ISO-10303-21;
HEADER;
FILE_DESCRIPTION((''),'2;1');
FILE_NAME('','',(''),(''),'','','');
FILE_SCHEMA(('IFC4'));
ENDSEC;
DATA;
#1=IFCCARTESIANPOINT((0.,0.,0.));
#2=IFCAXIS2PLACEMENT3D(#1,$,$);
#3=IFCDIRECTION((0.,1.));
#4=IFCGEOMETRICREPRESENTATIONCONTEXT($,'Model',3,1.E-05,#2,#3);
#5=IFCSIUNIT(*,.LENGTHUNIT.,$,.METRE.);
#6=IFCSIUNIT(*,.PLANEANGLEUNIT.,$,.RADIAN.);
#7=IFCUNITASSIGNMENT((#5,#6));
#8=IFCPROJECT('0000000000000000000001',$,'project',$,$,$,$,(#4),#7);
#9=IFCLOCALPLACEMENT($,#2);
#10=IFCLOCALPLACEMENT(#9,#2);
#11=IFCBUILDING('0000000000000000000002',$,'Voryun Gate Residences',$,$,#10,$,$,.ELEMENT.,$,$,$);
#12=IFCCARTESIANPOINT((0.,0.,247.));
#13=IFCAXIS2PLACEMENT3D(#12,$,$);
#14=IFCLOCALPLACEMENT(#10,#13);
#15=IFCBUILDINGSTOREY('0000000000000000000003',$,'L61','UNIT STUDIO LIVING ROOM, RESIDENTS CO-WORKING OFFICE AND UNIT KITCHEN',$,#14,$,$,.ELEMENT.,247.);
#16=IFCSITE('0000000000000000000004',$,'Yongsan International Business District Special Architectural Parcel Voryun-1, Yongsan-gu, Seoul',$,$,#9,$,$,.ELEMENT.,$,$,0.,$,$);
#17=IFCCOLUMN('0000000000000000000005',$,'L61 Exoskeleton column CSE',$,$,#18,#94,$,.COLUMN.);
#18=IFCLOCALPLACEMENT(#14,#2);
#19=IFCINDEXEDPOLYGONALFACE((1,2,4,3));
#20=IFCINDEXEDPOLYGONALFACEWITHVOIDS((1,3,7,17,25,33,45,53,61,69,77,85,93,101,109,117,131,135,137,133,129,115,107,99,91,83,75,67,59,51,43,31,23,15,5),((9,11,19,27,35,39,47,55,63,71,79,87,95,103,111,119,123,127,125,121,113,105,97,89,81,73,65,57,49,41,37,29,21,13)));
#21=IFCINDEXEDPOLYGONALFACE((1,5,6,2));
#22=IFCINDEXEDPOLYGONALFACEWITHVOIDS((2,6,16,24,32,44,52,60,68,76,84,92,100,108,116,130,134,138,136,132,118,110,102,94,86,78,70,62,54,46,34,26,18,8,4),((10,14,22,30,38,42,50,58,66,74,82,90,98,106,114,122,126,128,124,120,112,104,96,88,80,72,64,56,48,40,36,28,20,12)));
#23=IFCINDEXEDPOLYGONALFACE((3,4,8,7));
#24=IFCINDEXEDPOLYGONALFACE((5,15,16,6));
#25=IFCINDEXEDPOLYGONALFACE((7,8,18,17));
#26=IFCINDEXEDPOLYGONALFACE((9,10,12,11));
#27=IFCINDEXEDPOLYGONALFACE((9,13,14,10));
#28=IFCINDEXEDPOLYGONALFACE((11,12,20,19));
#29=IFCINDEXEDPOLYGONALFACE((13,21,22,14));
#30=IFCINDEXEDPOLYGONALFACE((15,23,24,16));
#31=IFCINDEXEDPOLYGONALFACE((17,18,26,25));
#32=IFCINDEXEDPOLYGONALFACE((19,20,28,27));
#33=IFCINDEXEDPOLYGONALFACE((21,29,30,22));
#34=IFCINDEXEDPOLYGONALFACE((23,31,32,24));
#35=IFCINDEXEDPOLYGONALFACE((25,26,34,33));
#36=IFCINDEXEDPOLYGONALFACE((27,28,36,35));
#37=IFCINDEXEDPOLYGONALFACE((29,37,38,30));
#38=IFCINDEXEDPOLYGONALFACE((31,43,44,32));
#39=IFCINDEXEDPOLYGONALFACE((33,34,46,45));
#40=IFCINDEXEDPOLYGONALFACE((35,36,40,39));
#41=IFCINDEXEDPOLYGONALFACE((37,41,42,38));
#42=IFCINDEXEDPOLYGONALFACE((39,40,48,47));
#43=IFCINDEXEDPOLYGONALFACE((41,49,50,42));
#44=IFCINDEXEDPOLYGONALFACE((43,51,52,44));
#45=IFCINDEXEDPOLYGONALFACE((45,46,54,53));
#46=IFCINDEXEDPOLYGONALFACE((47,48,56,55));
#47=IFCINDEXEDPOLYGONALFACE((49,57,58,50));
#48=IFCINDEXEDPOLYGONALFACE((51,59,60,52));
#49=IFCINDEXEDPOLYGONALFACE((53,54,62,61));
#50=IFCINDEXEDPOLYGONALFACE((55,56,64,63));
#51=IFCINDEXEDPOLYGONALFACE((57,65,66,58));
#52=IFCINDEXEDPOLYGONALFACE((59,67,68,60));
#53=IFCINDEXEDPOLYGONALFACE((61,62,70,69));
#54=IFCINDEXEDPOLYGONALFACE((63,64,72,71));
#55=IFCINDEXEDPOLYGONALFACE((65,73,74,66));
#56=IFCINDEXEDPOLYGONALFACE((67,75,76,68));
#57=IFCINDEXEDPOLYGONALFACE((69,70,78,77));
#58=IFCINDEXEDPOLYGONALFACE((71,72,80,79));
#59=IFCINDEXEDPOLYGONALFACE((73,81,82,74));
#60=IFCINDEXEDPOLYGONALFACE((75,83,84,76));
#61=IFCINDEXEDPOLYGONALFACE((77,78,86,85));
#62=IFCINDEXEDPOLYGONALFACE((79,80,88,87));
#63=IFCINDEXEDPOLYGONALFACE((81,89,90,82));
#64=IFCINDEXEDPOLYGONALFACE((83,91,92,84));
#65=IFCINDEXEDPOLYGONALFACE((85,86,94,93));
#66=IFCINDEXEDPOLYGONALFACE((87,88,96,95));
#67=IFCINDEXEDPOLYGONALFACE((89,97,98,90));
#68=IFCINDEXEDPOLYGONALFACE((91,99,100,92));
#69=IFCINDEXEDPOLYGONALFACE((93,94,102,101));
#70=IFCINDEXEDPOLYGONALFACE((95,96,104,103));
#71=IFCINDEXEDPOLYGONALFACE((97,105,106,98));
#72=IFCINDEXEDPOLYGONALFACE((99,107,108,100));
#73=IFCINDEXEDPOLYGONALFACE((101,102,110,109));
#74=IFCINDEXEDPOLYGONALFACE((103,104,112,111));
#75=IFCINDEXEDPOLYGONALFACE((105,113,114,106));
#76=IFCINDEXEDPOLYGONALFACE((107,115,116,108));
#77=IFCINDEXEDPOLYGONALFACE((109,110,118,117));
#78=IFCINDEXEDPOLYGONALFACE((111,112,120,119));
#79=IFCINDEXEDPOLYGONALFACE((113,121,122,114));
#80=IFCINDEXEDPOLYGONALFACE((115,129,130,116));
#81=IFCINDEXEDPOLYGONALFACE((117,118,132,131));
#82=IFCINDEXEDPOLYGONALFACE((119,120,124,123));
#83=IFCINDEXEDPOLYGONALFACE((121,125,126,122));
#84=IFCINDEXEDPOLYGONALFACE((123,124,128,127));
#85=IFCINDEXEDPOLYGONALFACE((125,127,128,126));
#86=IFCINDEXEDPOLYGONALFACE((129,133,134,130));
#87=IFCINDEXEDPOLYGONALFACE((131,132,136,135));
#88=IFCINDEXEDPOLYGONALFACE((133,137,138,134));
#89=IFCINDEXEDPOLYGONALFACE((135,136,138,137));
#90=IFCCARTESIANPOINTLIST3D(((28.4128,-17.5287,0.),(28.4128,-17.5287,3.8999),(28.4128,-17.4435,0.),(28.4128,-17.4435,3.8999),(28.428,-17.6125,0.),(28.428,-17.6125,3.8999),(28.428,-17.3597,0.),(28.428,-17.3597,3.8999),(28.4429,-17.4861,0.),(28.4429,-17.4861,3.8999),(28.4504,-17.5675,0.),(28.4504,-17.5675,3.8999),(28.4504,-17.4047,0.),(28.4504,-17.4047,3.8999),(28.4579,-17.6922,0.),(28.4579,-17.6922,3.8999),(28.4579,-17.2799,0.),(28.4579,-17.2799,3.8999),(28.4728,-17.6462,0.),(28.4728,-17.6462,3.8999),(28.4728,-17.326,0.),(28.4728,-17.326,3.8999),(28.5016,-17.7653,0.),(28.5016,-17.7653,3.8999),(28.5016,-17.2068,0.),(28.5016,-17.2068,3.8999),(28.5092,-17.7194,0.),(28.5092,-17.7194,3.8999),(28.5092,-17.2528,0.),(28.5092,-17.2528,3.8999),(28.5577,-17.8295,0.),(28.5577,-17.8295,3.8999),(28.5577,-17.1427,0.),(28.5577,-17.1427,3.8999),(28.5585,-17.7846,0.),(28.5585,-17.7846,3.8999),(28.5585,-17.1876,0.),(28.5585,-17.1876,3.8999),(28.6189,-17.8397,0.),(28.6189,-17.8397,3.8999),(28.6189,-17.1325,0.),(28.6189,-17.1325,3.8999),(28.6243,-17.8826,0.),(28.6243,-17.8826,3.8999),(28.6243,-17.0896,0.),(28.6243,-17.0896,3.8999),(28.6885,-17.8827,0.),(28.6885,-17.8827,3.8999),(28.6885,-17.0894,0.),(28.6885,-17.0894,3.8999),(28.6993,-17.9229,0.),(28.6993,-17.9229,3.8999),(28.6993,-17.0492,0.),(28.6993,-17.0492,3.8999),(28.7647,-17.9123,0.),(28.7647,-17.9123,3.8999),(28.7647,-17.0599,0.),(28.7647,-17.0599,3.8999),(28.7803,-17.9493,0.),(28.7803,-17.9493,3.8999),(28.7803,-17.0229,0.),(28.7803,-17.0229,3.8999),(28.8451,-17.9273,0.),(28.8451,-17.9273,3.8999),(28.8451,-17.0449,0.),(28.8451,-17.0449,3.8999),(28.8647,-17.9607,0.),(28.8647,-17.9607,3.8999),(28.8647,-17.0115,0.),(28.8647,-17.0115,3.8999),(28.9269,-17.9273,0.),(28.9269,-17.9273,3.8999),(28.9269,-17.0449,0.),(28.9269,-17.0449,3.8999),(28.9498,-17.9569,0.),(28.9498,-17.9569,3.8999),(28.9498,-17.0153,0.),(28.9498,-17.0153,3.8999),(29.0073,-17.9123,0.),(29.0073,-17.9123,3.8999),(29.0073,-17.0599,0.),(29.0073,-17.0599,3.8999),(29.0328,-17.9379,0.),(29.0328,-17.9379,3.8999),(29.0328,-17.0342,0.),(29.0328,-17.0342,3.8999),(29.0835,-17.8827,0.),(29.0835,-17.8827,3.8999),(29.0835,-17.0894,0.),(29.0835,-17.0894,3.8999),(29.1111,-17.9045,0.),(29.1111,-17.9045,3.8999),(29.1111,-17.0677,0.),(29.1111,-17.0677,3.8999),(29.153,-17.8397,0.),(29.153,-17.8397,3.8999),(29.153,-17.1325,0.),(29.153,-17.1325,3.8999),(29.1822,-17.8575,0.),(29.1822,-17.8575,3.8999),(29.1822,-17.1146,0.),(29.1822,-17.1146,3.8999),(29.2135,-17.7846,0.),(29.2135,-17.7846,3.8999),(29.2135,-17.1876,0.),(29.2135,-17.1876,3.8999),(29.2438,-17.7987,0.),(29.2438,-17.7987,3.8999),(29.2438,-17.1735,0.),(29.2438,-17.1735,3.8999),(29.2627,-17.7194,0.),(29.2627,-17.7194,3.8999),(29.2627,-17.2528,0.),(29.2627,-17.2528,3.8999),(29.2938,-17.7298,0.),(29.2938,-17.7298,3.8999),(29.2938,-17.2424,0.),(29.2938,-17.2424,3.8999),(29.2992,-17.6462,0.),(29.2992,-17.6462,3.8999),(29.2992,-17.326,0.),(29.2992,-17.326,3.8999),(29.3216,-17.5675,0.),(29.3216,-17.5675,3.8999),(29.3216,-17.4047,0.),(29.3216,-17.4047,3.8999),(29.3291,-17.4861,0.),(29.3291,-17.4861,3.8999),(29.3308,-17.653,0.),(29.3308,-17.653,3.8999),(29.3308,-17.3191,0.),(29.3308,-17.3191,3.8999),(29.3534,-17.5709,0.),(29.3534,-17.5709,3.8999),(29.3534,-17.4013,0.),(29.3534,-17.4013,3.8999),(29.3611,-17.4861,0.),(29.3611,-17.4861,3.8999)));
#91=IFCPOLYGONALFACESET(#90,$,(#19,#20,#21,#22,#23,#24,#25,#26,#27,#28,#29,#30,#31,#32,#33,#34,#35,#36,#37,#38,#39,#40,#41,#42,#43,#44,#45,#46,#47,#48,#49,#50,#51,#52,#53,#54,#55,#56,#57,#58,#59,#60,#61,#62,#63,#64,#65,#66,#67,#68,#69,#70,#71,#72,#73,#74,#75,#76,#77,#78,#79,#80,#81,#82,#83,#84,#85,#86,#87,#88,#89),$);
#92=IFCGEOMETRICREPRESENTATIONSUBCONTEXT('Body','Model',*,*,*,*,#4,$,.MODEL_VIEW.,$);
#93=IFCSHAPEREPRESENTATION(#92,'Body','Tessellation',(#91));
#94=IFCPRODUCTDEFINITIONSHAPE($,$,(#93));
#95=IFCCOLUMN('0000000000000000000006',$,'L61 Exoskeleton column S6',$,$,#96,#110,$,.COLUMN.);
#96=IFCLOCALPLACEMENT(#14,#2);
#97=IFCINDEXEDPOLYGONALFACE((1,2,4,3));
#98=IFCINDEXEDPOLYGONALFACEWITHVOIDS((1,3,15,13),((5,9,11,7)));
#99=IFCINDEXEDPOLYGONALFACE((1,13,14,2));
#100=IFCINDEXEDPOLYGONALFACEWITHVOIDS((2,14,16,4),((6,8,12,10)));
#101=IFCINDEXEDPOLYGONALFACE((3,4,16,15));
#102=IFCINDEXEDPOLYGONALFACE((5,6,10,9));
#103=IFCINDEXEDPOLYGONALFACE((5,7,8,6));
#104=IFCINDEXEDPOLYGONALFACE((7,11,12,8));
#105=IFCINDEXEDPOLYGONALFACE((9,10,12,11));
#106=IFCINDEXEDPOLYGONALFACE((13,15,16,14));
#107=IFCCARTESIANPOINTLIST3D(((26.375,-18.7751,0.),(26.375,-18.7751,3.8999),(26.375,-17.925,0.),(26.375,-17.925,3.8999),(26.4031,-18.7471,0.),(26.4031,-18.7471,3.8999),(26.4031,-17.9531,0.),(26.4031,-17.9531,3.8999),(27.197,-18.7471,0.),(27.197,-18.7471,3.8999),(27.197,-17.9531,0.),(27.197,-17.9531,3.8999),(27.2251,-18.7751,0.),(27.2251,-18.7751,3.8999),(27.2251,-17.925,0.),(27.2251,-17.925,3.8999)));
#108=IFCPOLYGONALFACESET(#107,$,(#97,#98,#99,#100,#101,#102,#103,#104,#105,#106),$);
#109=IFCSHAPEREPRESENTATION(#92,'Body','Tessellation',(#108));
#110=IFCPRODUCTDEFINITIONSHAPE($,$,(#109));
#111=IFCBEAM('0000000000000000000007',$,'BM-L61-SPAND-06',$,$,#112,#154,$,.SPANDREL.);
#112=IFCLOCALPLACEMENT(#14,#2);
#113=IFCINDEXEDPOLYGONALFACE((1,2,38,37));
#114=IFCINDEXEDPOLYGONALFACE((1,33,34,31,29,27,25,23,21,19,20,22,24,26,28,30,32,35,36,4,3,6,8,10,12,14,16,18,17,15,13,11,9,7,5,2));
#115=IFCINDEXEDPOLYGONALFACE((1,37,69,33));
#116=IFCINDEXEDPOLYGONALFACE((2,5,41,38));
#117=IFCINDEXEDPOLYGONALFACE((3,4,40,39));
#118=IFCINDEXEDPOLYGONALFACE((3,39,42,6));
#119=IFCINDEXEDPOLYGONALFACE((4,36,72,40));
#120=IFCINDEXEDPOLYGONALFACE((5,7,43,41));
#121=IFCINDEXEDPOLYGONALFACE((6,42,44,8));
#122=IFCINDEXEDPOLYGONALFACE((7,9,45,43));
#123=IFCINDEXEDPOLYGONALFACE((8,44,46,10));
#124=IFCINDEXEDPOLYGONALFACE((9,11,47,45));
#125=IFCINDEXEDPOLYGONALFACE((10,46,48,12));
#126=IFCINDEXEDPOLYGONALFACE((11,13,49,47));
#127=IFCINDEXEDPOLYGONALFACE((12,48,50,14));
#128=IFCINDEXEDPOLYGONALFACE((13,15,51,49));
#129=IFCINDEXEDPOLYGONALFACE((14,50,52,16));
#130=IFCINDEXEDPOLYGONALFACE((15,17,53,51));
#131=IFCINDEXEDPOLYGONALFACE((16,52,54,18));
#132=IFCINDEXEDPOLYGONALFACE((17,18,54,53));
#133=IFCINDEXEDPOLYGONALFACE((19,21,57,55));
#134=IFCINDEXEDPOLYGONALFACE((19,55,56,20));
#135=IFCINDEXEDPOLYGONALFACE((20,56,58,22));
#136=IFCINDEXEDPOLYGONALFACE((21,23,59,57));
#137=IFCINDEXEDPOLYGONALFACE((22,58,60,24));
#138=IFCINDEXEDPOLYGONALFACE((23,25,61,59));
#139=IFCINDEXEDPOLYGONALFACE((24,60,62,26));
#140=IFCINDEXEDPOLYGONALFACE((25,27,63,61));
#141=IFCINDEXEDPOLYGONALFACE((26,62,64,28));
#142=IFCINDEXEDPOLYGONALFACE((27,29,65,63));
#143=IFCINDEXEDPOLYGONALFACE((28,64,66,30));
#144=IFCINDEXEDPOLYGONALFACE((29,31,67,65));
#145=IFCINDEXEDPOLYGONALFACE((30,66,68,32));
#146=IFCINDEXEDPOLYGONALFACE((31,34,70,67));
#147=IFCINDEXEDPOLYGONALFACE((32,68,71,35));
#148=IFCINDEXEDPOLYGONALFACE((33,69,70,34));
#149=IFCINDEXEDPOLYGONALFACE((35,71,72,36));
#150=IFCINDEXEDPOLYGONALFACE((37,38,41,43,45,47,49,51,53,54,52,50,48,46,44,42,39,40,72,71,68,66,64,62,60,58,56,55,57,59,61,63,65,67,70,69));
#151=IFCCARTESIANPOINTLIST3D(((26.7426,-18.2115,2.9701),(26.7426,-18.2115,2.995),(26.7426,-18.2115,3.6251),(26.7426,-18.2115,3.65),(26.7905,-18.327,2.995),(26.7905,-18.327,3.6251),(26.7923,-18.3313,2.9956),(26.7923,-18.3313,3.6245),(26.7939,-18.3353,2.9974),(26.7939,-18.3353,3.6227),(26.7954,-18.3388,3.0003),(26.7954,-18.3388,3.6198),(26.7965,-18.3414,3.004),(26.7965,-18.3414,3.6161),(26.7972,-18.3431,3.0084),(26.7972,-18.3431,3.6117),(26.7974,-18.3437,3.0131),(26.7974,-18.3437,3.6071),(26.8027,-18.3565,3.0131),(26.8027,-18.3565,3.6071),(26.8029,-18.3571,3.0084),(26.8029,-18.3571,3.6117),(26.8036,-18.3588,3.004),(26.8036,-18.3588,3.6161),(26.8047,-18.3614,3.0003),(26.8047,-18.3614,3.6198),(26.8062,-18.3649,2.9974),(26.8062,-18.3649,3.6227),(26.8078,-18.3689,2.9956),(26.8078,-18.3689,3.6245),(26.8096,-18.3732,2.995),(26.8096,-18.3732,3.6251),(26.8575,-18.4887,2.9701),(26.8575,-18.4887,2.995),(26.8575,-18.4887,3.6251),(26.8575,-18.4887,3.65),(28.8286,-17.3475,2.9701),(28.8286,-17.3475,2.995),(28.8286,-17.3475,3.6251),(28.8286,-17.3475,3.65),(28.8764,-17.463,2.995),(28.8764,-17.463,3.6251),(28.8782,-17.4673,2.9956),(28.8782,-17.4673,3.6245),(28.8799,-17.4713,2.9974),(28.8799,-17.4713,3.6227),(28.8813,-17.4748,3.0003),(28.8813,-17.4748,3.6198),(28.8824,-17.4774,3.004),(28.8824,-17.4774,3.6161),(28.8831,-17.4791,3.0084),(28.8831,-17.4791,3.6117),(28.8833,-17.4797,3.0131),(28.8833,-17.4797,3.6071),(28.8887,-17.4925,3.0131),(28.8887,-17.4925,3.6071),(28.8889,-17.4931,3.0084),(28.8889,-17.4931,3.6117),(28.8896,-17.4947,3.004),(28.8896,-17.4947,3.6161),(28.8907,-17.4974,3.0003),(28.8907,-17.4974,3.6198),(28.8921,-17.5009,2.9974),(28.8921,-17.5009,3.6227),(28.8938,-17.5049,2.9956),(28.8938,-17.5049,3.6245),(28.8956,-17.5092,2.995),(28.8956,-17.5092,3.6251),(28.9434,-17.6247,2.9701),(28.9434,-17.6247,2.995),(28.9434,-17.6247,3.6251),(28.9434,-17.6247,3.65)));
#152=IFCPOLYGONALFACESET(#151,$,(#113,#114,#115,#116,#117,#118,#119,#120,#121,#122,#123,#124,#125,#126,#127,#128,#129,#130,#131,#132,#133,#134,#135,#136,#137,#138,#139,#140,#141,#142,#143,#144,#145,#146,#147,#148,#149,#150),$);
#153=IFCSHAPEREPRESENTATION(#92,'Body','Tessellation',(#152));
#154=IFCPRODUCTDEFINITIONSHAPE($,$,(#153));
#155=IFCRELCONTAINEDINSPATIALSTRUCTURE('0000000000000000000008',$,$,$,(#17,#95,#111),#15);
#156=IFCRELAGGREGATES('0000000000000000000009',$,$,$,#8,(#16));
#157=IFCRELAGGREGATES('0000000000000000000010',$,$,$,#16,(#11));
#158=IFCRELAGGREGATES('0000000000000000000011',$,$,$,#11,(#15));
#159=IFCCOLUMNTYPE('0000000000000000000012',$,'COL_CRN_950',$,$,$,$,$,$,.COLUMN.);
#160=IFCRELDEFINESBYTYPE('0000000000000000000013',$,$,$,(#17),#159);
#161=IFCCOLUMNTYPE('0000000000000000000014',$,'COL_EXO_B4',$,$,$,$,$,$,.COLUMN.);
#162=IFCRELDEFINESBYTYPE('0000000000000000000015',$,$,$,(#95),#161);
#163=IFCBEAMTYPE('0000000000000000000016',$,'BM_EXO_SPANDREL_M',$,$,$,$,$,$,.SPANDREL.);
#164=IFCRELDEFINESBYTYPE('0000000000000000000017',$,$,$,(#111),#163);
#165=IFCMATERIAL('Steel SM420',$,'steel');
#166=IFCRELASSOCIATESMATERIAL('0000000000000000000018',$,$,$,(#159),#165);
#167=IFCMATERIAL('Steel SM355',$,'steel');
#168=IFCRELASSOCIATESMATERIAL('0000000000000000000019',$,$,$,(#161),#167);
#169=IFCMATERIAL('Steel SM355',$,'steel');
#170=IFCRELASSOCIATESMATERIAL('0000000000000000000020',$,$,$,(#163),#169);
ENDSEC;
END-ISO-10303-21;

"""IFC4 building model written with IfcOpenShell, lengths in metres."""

from ifc_helpers import new_model, si_unit, direction, frame, origin, origin_2d, place, context, subcontext, project, spatial, hollow_rectangle, hollow_circle, i_section, extrude, material, material_profile, profile_set, type_object, element, save


model = new_model("IFC4")

# Units and contexts
model_context = context("Model", 3, precision=1e-05, world=origin(), true_north=direction((0.0, 1.0)))
body_context = subcontext(model_context, "Body", "Model", "MODEL_VIEW")
ifc_project = project(units=[si_unit("LENGTHUNIT", "METRE"), si_unit("PLANEANGLEUNIT", "RADIAN")], contexts=[model_context])

# Site, building, storey
site_placement = place(None, origin())
site = spatial("IfcSite", under=ifc_project, at=site_placement, Name="Yongsan International Business District Special Architectural Parcel Voryun-1, Yongsan-gu, Seoul", CompositionType="ELEMENT", RefElevation=0.0)
building_placement = place(site_placement, origin())
building = spatial("IfcBuilding", under=site, at=building_placement, Name="Voryun Gate Residences", CompositionType="ELEMENT")
storey_placement = place(building_placement, frame((0.0, 0.0, 247.0)))
storey = spatial("IfcBuildingStorey", under=building, at=storey_placement, Name="L61", Description="UNIT STUDIO LIVING ROOM, RESIDENTS CO-WORKING OFFICE AND UNIT KITCHEN", CompositionType="ELEMENT", Elevation=247.0)

# Columns
ifc_material_1 = material(Name="Steel SM420", Category="steel")
ifc_material_profile_1 = material_profile(ifc_material_1, hollow_circle(Radius=0.4751, WallThickness=0.032, at=origin_2d()), Name="CHS-950x32")
ifc_profile_set_1 = profile_set([ifc_material_profile_1], Name="Steel SM420")
column_type_1 = type_object("IfcColumnType", Name="COL_CRN_950", PredefinedType="COLUMN", material=ifc_profile_set_1)
column_1_placement = place(storey_placement, frame((28.886, -17.4861, 0.0), z_axis=(0.0, 0.0, 1.0), x_axis=(1.0, 0.0, 0.0)))
element("IfcColumn", 1, at=column_1_placement, inside=storey, type_object=column_type_1, Name="L61 Exoskeleton column CSE", PredefinedType="COLUMN", context=body_context, shape_type="SweptSolid", body=[
    extrude(hollow_circle(Radius=0.4751, WallThickness=0.032, at=origin_2d()), origin(), (0.0, 0.0, 1.0), 3.8999),
])
ifc_material_2 = material(Name="Steel SM355", Category="steel")
ifc_material_profile_2 = material_profile(ifc_material_2, hollow_rectangle(XDim=0.8501, YDim=0.8501, WallThickness=0.0281, at=origin_2d()), Name="BOX-850x850x28")
ifc_profile_set_2 = profile_set([ifc_material_profile_2], Name="Steel SM355")
column_type_2 = type_object("IfcColumnType", Name="COL_EXO_B4", PredefinedType="COLUMN", material=ifc_profile_set_2)
column_2_placement = place(storey_placement, frame((26.8, -18.3501, 0.0), z_axis=(0.0, 0.0, 1.0), x_axis=(1.0, 0.0, 0.0)))
element("IfcColumn", 2, at=column_2_placement, inside=storey, type_object=column_type_2, Name="L61 Exoskeleton column S6", PredefinedType="COLUMN", context=body_context, shape_type="SweptSolid", body=[
    extrude(hollow_rectangle(XDim=0.8501, YDim=0.8501, WallThickness=0.0281, at=origin_2d()), origin(), (0.0, 0.0, 1.0), 3.8999),
])

# Beam
ifc_material_3 = material(Name="Steel SM355", Category="steel")
ifc_material_profile_3 = material_profile(ifc_material_3, i_section(OverallWidth=0.3, OverallDepth=0.6799, WebThickness=0.0139, FlangeThickness=0.0249, FilletRadius=0.0181, at=origin_2d()), Name="H-680x300x14x25")
ifc_profile_set_3 = profile_set([ifc_material_profile_3], Name="Steel SM355")
beam_type = type_object("IfcBeamType", Name="BM_EXO_SPANDREL_M", PredefinedType="SPANDREL", material=ifc_profile_set_3)
beam_1_placement = place(storey_placement, frame((26.8, -18.3501, 3.3101), z_axis=(0.923881, 0.38268, 0.0), x_axis=(-0.38268, 0.923881, 0.0)))
element("IfcBeam", 3, at=beam_1_placement, inside=storey, type_object=beam_type, Name="BM-L61-SPAND-06", PredefinedType="SPANDREL", context=body_context, shape_type="SweptSolid", body=[
    extrude(i_section(OverallWidth=0.3, OverallDepth=0.6799, WebThickness=0.0139, FlangeThickness=0.0249, FilletRadius=0.0181, at=origin_2d()), origin(), (0.0, 0.0, 1.0), 2.2578),
])

save(model, "model.ifc")
